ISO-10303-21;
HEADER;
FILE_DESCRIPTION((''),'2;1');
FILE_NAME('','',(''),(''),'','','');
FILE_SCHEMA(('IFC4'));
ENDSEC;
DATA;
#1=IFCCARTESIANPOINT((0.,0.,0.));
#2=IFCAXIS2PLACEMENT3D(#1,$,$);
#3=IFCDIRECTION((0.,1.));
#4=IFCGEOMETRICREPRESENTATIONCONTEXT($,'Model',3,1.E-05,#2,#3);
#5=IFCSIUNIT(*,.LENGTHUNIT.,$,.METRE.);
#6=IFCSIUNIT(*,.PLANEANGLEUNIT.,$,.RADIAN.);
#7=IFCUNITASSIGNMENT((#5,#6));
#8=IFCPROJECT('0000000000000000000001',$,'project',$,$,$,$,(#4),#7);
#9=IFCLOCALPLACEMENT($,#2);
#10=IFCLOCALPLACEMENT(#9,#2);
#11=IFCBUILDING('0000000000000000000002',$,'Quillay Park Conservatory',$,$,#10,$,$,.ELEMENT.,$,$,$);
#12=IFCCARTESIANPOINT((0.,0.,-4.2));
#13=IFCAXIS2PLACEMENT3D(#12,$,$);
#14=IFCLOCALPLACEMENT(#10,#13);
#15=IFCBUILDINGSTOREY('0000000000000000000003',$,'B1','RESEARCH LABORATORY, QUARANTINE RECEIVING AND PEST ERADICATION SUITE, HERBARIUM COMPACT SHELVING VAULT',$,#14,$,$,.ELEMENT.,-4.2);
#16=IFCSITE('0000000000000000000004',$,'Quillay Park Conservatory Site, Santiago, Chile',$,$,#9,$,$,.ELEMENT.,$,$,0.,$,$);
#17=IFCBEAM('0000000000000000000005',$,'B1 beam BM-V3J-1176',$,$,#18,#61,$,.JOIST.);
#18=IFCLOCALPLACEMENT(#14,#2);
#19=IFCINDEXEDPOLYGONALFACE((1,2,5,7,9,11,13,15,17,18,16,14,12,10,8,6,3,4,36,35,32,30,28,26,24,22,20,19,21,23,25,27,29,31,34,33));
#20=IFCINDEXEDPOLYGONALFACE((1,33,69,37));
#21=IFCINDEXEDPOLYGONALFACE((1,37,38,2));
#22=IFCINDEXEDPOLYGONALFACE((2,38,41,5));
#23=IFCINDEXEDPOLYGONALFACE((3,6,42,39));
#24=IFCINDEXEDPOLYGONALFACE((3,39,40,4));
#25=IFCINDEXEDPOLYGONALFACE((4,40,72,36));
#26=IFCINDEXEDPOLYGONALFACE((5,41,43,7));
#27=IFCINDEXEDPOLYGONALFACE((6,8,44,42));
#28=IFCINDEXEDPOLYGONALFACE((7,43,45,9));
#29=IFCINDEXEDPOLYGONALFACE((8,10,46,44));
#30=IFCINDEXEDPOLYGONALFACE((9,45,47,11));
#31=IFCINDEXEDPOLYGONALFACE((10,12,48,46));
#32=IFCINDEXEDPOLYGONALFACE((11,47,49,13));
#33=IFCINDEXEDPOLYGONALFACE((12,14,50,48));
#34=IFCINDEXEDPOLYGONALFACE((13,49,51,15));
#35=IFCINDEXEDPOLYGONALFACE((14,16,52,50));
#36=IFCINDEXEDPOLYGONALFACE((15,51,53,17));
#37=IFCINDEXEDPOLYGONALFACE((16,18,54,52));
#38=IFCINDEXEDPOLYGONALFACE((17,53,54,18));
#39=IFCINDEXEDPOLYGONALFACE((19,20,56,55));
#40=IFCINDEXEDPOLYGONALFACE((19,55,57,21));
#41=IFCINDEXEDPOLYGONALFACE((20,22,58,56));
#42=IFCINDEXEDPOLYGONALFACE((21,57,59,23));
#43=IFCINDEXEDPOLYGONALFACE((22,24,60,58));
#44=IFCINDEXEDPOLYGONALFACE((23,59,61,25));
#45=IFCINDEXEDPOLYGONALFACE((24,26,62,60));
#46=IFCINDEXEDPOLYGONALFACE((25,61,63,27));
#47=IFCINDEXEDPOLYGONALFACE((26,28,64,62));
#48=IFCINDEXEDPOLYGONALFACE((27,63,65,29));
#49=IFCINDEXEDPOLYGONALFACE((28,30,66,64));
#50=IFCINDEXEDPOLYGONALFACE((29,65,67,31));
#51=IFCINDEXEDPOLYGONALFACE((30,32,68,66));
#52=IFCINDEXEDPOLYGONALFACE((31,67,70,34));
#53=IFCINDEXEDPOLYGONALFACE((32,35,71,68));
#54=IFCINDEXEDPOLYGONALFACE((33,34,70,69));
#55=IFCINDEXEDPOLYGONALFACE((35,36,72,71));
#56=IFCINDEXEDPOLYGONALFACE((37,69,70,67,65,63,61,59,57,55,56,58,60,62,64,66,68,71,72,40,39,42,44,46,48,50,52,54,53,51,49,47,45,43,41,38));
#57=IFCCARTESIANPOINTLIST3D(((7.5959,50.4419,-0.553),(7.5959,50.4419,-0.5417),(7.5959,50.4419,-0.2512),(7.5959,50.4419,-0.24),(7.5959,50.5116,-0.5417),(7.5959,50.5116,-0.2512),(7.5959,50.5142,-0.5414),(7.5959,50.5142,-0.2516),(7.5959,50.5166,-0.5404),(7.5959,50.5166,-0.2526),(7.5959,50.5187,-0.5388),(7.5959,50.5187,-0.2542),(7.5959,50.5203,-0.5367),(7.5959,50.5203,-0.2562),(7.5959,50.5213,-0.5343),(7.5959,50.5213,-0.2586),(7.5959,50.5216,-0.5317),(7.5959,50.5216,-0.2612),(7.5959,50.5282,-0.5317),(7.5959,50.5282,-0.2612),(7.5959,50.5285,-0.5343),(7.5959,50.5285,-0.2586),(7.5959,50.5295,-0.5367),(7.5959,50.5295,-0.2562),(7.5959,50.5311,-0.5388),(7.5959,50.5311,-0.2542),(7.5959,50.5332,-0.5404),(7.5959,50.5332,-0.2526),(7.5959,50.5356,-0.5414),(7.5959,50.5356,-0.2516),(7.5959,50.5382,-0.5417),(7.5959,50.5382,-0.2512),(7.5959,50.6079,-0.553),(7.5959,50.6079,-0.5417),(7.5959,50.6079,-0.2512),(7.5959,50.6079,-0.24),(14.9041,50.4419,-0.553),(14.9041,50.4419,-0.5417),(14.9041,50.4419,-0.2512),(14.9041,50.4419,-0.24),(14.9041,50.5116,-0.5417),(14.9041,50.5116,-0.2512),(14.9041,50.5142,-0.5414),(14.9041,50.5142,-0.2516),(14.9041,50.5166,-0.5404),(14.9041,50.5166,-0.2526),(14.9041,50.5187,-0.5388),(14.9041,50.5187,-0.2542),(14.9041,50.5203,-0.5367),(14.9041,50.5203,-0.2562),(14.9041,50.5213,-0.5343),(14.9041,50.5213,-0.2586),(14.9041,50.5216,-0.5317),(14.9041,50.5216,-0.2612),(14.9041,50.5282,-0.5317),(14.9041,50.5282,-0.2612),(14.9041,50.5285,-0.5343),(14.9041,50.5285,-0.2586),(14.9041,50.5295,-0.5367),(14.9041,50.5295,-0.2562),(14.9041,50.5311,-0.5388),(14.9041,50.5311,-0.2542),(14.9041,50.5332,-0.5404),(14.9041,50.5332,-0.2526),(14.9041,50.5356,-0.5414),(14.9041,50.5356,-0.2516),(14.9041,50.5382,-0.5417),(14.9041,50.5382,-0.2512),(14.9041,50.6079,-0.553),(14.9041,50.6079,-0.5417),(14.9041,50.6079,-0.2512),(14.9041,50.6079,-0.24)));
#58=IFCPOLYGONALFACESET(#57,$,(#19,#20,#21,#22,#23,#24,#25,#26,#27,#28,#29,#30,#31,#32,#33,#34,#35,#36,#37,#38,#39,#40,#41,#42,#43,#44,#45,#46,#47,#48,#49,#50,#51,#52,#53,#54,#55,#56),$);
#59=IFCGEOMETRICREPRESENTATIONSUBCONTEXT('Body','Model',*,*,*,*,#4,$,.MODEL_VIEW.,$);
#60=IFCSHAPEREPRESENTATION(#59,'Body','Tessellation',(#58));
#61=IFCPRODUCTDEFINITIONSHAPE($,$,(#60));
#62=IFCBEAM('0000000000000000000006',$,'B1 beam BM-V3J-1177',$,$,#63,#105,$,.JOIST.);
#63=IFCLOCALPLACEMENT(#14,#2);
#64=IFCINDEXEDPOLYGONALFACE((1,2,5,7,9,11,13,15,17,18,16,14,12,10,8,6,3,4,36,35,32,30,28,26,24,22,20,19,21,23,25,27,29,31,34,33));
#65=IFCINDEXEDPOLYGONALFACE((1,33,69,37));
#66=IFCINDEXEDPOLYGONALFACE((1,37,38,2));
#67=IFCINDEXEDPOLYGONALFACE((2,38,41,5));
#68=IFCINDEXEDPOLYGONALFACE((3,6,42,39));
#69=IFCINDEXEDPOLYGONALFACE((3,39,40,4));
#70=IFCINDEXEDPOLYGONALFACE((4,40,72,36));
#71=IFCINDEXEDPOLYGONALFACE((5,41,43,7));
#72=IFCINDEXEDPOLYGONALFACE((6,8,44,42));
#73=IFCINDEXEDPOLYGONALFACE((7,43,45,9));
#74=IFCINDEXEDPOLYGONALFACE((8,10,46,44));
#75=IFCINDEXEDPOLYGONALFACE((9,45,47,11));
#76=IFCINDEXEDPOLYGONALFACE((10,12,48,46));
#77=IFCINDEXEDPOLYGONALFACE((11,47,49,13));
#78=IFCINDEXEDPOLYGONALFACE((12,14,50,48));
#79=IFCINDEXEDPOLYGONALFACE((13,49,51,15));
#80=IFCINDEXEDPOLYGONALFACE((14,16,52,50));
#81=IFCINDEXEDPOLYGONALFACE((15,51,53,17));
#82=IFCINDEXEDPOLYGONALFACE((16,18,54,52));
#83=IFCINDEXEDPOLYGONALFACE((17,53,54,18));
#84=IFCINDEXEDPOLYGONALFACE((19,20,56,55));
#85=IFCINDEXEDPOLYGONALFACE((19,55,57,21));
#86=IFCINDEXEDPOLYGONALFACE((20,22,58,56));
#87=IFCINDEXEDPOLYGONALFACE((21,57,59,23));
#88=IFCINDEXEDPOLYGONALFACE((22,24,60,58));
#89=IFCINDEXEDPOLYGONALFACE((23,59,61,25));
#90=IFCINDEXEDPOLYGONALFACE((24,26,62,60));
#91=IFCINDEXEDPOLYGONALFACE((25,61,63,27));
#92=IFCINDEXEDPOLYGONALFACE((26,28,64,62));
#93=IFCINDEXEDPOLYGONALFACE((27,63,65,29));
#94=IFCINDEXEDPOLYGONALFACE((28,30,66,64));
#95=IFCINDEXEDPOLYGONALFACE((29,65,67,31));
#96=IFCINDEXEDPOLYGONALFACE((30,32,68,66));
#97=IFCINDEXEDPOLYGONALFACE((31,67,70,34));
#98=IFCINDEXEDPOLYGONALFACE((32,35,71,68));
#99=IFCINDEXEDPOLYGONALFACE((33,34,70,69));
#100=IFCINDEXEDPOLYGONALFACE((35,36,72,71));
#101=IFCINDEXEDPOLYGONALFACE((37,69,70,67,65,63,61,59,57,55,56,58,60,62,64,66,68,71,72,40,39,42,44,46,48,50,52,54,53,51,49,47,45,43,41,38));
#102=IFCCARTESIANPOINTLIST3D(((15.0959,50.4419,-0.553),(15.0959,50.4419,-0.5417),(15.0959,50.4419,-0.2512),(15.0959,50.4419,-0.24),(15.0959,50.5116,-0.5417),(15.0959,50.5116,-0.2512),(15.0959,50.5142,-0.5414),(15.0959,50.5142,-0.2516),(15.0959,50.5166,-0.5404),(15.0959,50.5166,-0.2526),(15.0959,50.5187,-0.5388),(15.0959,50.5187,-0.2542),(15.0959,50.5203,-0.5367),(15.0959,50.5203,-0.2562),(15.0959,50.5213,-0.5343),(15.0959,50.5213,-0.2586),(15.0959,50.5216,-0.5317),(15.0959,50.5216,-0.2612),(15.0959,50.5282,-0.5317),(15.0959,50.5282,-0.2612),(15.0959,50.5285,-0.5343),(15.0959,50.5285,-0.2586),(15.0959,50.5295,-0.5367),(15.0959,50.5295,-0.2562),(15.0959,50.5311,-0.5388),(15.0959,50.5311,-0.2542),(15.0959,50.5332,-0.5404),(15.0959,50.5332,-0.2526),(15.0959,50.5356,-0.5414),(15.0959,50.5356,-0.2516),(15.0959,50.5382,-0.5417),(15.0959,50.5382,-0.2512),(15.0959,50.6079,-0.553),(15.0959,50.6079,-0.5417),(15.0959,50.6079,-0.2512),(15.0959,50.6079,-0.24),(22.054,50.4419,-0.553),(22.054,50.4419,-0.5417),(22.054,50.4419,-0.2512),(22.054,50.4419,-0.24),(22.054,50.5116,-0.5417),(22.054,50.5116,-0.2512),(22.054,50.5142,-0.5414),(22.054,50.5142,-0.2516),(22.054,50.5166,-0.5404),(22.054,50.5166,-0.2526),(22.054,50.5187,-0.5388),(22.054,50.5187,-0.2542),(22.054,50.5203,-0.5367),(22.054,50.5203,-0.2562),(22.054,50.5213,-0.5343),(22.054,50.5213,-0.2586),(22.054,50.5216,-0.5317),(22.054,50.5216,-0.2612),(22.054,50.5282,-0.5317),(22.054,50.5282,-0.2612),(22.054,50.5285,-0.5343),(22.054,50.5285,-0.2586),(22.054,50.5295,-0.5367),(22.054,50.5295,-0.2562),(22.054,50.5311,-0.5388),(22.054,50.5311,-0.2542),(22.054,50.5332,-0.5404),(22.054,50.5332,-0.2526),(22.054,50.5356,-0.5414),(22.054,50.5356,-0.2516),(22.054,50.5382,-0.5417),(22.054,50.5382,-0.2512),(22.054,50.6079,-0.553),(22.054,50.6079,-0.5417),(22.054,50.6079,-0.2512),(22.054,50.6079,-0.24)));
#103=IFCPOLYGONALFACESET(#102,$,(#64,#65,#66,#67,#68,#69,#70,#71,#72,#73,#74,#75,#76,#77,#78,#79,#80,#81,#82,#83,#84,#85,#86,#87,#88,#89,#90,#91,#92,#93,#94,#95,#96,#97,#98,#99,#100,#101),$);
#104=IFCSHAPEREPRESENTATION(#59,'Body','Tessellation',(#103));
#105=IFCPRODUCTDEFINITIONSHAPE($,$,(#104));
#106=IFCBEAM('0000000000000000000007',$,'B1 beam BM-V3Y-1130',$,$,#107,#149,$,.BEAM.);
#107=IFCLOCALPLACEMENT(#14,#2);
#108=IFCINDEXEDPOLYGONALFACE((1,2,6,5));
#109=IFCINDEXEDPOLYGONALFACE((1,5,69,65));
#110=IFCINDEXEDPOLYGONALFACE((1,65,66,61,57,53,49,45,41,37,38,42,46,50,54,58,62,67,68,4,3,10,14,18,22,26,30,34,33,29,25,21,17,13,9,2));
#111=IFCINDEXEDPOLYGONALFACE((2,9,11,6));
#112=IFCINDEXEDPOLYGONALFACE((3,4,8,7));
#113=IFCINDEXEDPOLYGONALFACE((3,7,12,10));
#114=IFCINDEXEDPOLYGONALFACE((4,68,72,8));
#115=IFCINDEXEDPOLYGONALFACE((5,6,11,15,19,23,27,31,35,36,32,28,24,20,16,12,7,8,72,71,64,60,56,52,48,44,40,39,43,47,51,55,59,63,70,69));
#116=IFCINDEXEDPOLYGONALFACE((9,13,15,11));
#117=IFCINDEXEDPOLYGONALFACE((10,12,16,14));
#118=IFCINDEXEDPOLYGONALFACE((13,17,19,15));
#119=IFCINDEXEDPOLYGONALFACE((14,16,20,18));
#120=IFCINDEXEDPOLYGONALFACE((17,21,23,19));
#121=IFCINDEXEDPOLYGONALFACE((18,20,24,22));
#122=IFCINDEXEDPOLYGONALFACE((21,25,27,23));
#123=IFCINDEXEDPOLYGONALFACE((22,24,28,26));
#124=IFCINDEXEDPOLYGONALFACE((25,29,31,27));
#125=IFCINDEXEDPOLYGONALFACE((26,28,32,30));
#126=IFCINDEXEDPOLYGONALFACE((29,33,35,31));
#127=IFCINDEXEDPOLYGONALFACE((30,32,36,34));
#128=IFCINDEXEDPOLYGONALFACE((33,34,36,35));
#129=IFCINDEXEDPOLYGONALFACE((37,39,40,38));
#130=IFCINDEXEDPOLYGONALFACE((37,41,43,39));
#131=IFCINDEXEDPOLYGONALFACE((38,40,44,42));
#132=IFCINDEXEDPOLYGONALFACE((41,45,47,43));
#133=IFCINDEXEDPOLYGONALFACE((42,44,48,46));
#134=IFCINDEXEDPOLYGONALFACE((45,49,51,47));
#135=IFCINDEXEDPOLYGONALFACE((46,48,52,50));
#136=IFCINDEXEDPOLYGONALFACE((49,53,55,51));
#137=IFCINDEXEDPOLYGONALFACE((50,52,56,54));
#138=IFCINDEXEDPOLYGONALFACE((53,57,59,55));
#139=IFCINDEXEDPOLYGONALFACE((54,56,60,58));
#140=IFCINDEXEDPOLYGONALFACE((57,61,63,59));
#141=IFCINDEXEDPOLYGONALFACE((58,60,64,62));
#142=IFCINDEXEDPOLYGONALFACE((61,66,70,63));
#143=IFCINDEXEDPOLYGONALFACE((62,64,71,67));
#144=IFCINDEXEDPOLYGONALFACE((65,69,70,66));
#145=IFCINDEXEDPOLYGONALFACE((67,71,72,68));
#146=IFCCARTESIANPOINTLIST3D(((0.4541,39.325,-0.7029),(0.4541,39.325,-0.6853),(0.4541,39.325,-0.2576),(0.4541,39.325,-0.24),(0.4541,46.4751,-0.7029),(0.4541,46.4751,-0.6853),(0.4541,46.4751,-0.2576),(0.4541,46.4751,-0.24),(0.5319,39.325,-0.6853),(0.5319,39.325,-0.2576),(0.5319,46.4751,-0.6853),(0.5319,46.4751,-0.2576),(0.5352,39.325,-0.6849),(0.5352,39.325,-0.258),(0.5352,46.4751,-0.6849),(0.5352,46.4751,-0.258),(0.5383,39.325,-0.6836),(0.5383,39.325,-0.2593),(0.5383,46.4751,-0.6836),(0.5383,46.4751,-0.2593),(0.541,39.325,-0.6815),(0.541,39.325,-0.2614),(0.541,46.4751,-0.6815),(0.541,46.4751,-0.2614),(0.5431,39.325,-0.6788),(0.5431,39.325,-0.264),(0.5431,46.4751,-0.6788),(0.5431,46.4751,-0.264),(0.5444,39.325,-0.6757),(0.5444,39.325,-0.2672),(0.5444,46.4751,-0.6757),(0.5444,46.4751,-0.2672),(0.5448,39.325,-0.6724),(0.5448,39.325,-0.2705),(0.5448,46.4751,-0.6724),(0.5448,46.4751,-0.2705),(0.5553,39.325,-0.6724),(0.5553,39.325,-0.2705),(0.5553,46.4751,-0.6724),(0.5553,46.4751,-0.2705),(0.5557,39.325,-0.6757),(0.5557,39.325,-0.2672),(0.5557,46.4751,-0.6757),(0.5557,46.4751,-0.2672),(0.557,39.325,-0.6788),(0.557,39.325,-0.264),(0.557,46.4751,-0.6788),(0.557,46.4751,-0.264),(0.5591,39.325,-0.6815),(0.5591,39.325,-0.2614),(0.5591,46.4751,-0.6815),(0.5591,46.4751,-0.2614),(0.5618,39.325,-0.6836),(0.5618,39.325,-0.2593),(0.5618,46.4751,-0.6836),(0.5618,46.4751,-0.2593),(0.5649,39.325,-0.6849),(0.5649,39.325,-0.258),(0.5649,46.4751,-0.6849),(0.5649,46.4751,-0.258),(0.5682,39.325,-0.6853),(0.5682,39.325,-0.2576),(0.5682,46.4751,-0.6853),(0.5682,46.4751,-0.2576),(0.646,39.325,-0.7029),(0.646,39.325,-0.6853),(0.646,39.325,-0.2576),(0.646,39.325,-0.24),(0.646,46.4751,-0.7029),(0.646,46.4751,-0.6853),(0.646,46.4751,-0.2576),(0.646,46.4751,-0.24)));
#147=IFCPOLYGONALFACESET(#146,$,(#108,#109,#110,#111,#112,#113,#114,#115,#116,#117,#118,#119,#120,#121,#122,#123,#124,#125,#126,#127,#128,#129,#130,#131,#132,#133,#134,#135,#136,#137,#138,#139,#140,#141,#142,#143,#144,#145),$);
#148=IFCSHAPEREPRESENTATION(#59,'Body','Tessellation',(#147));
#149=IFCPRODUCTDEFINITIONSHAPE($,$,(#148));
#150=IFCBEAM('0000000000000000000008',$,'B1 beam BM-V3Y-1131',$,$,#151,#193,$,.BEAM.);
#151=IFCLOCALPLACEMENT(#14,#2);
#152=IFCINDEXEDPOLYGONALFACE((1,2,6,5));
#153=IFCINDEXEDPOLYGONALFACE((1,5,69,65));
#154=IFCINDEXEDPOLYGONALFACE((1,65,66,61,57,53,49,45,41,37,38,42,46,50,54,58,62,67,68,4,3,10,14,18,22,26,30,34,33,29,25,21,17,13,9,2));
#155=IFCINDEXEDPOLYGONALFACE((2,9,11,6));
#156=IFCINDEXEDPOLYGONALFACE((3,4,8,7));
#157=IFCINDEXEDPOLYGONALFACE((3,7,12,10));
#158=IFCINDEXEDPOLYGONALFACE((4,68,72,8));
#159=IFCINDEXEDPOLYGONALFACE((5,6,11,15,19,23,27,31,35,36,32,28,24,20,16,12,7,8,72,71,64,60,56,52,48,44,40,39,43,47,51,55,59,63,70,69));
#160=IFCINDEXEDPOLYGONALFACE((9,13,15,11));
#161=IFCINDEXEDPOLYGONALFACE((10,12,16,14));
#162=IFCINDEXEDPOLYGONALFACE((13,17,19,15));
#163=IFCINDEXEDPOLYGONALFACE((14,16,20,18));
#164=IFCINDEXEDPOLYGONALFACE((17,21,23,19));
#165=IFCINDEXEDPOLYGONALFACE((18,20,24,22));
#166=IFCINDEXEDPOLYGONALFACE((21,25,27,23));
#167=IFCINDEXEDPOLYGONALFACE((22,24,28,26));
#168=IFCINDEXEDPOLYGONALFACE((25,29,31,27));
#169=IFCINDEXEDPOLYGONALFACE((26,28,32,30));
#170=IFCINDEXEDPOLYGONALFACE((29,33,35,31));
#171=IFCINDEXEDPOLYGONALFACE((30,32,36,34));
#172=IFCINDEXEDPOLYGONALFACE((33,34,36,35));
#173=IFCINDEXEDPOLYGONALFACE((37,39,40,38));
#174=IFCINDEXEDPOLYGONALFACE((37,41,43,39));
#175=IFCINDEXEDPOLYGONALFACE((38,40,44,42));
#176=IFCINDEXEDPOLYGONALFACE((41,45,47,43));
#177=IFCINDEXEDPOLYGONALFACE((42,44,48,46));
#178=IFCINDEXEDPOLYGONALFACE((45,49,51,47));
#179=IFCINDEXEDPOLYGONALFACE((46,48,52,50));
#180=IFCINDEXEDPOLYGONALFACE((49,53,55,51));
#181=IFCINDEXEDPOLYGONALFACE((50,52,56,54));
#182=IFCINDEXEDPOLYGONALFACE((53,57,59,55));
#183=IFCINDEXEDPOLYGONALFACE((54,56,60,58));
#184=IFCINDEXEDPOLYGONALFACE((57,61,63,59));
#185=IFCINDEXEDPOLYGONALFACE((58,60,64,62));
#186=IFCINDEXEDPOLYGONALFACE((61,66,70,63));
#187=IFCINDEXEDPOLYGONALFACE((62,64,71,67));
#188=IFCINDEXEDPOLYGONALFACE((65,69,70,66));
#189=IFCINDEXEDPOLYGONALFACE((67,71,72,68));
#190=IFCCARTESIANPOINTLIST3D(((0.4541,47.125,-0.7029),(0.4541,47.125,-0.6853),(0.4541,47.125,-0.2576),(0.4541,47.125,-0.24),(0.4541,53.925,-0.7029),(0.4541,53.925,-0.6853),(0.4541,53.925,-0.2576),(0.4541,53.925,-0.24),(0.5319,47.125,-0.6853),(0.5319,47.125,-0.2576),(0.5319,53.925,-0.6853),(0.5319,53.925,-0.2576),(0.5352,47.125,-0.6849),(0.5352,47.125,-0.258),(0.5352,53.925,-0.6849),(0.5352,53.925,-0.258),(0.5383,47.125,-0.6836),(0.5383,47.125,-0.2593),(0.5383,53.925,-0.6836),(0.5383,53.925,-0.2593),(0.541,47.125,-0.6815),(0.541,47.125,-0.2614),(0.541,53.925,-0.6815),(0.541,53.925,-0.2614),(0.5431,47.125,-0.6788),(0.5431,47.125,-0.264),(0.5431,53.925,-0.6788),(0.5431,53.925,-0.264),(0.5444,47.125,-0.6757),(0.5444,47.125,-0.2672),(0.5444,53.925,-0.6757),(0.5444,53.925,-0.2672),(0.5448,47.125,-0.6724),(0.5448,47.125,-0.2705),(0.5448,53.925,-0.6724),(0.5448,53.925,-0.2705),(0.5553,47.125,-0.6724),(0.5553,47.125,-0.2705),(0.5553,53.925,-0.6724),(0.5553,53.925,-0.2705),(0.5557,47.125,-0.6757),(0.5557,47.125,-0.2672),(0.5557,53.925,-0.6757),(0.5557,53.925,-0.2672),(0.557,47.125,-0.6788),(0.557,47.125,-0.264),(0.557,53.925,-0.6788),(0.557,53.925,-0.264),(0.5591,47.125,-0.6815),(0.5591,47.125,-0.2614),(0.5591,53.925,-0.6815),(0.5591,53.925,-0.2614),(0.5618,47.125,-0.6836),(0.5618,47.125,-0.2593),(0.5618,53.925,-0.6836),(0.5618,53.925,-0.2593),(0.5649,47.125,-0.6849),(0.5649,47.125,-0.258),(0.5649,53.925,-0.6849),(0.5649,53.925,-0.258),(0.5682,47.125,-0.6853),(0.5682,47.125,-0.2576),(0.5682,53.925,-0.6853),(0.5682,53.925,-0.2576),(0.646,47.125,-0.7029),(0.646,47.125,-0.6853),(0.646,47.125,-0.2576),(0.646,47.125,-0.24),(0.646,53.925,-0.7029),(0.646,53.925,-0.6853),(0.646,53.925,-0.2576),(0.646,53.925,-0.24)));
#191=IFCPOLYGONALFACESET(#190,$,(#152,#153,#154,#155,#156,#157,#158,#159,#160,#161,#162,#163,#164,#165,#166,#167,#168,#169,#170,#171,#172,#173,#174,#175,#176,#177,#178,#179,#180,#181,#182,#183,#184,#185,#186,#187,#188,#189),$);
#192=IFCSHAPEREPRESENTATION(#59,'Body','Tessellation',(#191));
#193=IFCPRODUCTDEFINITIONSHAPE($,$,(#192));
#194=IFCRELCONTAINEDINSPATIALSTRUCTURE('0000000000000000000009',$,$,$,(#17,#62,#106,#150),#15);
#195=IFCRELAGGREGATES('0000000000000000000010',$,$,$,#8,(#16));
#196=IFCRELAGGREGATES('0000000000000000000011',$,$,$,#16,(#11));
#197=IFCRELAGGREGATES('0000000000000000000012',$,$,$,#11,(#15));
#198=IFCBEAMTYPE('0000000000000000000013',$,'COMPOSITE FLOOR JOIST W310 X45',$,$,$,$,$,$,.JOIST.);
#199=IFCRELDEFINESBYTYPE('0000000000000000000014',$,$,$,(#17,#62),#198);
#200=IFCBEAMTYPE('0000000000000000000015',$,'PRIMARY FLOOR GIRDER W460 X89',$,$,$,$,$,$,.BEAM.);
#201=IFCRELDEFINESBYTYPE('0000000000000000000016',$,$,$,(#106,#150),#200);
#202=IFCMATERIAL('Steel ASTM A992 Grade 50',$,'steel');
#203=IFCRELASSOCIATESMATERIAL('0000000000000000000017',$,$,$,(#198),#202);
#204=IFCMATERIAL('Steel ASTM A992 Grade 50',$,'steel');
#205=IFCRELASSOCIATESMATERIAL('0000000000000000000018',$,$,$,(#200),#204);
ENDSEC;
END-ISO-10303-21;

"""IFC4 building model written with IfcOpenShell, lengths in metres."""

from ifc_helpers import new_model, si_unit, direction, frame, origin, origin_2d, place, context, subcontext, project, spatial, i_section, extrude, material, material_profile, profile_set, type_object, element, save


model = new_model("IFC4")

# Units and contexts
model_context = context("Model", 3, precision=1e-05, world=origin(), true_north=direction((0.0, 1.0)))
body_context = subcontext(model_context, "Body", "Model", "MODEL_VIEW")
ifc_project = project(units=[si_unit("LENGTHUNIT", "METRE"), si_unit("PLANEANGLEUNIT", "RADIAN")], contexts=[model_context])

# Site, building, storey
site_placement = place(None, origin())
site = spatial("IfcSite", under=ifc_project, at=site_placement, Name="Quillay Park Conservatory Site, Santiago, Chile", CompositionType="ELEMENT", RefElevation=0.0)
building_placement = place(site_placement, origin())
building = spatial("IfcBuilding", under=site, at=building_placement, Name="Quillay Park Conservatory", CompositionType="ELEMENT")
storey_placement = place(building_placement, frame((0.0, 0.0, -4.2)))
storey = spatial("IfcBuildingStorey", under=building, at=storey_placement, Name="B1", Description="RESEARCH LABORATORY, QUARANTINE RECEIVING AND PEST ERADICATION SUITE, HERBARIUM COMPACT SHELVING VAULT", CompositionType="ELEMENT", Elevation=-4.2)

# Beams
ifc_material_1 = material(Name="Steel ASTM A992 Grade 50", Category="steel")
ifc_material_profile_1 = material_profile(ifc_material_1, i_section(OverallWidth=0.166, OverallDepth=0.313, WebThickness=0.0066, FlangeThickness=0.0112, FilletRadius=0.01, at=origin_2d()), Name="W310x45")
ifc_profile_set_1 = profile_set([ifc_material_profile_1], Name="Steel ASTM A992 Grade 50")
beam_type_1 = type_object("IfcBeamType", Name="COMPOSITE FLOOR JOIST W310 X45", PredefinedType="JOIST", material=ifc_profile_set_1)
beam_1_placement = place(storey_placement, frame((7.5959, 50.5249, -0.3965), z_axis=(1.0, 0.0, 0.0), x_axis=(0.0, 1.0, 0.0)))
element("IfcBeam", 1, at=beam_1_placement, inside=storey, type_object=beam_type_1, Name="B1 beam BM-V3J-1176", PredefinedType="JOIST", context=body_context, shape_type="SweptSolid", body=[
    extrude(i_section(OverallWidth=0.166, OverallDepth=0.313, WebThickness=0.0066, FlangeThickness=0.0112, FilletRadius=0.01, at=origin_2d()), origin(), (0.0, 0.0, 1.0), 7.3081),
])
beam_2_placement = place(storey_placement, frame((15.0959, 50.5249, -0.3965), z_axis=(1.0, 0.0, 0.0), x_axis=(0.0, 1.0, 0.0)))
element("IfcBeam", 2, at=beam_2_placement, inside=storey, type_object=beam_type_1, Name="B1 beam BM-V3J-1177", PredefinedType="JOIST", context=body_context, shape_type="SweptSolid", body=[
    extrude(i_section(OverallWidth=0.166, OverallDepth=0.313, WebThickness=0.0066, FlangeThickness=0.0112, FilletRadius=0.01, at=origin_2d()), origin(), (0.0, 0.0, 1.0), 6.958),
])
ifc_material_2 = material(Name="Steel ASTM A992 Grade 50", Category="steel")
ifc_material_profile_2 = material_profile(ifc_material_2, i_section(OverallWidth=0.1919, OverallDepth=0.4629, WebThickness=0.0105, FlangeThickness=0.0176, FilletRadius=0.0129, at=origin_2d()), Name="W460x89")
ifc_profile_set_2 = profile_set([ifc_material_profile_2], Name="Steel ASTM A992 Grade 50")
beam_type_2 = type_object("IfcBeamType", Name="PRIMARY FLOOR GIRDER W460 X89", PredefinedType="BEAM", material=ifc_profile_set_2)
beam_3_placement = place(storey_placement, frame((0.55, 39.325, -0.4714), z_axis=(0.0, 1.0, 0.0), x_axis=(-1.0, 0.0, 0.0)))
element("IfcBeam", 3, at=beam_3_placement, inside=storey, type_object=beam_type_2, Name="B1 beam BM-V3Y-1130", PredefinedType="BEAM", context=body_context, shape_type="SweptSolid", body=[
    extrude(i_section(OverallWidth=0.1919, OverallDepth=0.4629, WebThickness=0.0105, FlangeThickness=0.0176, FilletRadius=0.0129, at=origin_2d()), origin(), (0.0, 0.0, 1.0), 7.1501),
])
beam_4_placement = place(storey_placement, frame((0.55, 47.125, -0.4714), z_axis=(0.0, 1.0, 0.0), x_axis=(-1.0, 0.0, 0.0)))
element("IfcBeam", 4, at=beam_4_placement, inside=storey, type_object=beam_type_2, Name="B1 beam BM-V3Y-1131", PredefinedType="BEAM", context=body_context, shape_type="SweptSolid", body=[
    extrude(i_section(OverallWidth=0.1919, OverallDepth=0.4629, WebThickness=0.0105, FlangeThickness=0.0176, FilletRadius=0.0129, at=origin_2d()), origin(), (0.0, 0.0, 1.0), 6.8),
])

save(model, "model.ifc")
